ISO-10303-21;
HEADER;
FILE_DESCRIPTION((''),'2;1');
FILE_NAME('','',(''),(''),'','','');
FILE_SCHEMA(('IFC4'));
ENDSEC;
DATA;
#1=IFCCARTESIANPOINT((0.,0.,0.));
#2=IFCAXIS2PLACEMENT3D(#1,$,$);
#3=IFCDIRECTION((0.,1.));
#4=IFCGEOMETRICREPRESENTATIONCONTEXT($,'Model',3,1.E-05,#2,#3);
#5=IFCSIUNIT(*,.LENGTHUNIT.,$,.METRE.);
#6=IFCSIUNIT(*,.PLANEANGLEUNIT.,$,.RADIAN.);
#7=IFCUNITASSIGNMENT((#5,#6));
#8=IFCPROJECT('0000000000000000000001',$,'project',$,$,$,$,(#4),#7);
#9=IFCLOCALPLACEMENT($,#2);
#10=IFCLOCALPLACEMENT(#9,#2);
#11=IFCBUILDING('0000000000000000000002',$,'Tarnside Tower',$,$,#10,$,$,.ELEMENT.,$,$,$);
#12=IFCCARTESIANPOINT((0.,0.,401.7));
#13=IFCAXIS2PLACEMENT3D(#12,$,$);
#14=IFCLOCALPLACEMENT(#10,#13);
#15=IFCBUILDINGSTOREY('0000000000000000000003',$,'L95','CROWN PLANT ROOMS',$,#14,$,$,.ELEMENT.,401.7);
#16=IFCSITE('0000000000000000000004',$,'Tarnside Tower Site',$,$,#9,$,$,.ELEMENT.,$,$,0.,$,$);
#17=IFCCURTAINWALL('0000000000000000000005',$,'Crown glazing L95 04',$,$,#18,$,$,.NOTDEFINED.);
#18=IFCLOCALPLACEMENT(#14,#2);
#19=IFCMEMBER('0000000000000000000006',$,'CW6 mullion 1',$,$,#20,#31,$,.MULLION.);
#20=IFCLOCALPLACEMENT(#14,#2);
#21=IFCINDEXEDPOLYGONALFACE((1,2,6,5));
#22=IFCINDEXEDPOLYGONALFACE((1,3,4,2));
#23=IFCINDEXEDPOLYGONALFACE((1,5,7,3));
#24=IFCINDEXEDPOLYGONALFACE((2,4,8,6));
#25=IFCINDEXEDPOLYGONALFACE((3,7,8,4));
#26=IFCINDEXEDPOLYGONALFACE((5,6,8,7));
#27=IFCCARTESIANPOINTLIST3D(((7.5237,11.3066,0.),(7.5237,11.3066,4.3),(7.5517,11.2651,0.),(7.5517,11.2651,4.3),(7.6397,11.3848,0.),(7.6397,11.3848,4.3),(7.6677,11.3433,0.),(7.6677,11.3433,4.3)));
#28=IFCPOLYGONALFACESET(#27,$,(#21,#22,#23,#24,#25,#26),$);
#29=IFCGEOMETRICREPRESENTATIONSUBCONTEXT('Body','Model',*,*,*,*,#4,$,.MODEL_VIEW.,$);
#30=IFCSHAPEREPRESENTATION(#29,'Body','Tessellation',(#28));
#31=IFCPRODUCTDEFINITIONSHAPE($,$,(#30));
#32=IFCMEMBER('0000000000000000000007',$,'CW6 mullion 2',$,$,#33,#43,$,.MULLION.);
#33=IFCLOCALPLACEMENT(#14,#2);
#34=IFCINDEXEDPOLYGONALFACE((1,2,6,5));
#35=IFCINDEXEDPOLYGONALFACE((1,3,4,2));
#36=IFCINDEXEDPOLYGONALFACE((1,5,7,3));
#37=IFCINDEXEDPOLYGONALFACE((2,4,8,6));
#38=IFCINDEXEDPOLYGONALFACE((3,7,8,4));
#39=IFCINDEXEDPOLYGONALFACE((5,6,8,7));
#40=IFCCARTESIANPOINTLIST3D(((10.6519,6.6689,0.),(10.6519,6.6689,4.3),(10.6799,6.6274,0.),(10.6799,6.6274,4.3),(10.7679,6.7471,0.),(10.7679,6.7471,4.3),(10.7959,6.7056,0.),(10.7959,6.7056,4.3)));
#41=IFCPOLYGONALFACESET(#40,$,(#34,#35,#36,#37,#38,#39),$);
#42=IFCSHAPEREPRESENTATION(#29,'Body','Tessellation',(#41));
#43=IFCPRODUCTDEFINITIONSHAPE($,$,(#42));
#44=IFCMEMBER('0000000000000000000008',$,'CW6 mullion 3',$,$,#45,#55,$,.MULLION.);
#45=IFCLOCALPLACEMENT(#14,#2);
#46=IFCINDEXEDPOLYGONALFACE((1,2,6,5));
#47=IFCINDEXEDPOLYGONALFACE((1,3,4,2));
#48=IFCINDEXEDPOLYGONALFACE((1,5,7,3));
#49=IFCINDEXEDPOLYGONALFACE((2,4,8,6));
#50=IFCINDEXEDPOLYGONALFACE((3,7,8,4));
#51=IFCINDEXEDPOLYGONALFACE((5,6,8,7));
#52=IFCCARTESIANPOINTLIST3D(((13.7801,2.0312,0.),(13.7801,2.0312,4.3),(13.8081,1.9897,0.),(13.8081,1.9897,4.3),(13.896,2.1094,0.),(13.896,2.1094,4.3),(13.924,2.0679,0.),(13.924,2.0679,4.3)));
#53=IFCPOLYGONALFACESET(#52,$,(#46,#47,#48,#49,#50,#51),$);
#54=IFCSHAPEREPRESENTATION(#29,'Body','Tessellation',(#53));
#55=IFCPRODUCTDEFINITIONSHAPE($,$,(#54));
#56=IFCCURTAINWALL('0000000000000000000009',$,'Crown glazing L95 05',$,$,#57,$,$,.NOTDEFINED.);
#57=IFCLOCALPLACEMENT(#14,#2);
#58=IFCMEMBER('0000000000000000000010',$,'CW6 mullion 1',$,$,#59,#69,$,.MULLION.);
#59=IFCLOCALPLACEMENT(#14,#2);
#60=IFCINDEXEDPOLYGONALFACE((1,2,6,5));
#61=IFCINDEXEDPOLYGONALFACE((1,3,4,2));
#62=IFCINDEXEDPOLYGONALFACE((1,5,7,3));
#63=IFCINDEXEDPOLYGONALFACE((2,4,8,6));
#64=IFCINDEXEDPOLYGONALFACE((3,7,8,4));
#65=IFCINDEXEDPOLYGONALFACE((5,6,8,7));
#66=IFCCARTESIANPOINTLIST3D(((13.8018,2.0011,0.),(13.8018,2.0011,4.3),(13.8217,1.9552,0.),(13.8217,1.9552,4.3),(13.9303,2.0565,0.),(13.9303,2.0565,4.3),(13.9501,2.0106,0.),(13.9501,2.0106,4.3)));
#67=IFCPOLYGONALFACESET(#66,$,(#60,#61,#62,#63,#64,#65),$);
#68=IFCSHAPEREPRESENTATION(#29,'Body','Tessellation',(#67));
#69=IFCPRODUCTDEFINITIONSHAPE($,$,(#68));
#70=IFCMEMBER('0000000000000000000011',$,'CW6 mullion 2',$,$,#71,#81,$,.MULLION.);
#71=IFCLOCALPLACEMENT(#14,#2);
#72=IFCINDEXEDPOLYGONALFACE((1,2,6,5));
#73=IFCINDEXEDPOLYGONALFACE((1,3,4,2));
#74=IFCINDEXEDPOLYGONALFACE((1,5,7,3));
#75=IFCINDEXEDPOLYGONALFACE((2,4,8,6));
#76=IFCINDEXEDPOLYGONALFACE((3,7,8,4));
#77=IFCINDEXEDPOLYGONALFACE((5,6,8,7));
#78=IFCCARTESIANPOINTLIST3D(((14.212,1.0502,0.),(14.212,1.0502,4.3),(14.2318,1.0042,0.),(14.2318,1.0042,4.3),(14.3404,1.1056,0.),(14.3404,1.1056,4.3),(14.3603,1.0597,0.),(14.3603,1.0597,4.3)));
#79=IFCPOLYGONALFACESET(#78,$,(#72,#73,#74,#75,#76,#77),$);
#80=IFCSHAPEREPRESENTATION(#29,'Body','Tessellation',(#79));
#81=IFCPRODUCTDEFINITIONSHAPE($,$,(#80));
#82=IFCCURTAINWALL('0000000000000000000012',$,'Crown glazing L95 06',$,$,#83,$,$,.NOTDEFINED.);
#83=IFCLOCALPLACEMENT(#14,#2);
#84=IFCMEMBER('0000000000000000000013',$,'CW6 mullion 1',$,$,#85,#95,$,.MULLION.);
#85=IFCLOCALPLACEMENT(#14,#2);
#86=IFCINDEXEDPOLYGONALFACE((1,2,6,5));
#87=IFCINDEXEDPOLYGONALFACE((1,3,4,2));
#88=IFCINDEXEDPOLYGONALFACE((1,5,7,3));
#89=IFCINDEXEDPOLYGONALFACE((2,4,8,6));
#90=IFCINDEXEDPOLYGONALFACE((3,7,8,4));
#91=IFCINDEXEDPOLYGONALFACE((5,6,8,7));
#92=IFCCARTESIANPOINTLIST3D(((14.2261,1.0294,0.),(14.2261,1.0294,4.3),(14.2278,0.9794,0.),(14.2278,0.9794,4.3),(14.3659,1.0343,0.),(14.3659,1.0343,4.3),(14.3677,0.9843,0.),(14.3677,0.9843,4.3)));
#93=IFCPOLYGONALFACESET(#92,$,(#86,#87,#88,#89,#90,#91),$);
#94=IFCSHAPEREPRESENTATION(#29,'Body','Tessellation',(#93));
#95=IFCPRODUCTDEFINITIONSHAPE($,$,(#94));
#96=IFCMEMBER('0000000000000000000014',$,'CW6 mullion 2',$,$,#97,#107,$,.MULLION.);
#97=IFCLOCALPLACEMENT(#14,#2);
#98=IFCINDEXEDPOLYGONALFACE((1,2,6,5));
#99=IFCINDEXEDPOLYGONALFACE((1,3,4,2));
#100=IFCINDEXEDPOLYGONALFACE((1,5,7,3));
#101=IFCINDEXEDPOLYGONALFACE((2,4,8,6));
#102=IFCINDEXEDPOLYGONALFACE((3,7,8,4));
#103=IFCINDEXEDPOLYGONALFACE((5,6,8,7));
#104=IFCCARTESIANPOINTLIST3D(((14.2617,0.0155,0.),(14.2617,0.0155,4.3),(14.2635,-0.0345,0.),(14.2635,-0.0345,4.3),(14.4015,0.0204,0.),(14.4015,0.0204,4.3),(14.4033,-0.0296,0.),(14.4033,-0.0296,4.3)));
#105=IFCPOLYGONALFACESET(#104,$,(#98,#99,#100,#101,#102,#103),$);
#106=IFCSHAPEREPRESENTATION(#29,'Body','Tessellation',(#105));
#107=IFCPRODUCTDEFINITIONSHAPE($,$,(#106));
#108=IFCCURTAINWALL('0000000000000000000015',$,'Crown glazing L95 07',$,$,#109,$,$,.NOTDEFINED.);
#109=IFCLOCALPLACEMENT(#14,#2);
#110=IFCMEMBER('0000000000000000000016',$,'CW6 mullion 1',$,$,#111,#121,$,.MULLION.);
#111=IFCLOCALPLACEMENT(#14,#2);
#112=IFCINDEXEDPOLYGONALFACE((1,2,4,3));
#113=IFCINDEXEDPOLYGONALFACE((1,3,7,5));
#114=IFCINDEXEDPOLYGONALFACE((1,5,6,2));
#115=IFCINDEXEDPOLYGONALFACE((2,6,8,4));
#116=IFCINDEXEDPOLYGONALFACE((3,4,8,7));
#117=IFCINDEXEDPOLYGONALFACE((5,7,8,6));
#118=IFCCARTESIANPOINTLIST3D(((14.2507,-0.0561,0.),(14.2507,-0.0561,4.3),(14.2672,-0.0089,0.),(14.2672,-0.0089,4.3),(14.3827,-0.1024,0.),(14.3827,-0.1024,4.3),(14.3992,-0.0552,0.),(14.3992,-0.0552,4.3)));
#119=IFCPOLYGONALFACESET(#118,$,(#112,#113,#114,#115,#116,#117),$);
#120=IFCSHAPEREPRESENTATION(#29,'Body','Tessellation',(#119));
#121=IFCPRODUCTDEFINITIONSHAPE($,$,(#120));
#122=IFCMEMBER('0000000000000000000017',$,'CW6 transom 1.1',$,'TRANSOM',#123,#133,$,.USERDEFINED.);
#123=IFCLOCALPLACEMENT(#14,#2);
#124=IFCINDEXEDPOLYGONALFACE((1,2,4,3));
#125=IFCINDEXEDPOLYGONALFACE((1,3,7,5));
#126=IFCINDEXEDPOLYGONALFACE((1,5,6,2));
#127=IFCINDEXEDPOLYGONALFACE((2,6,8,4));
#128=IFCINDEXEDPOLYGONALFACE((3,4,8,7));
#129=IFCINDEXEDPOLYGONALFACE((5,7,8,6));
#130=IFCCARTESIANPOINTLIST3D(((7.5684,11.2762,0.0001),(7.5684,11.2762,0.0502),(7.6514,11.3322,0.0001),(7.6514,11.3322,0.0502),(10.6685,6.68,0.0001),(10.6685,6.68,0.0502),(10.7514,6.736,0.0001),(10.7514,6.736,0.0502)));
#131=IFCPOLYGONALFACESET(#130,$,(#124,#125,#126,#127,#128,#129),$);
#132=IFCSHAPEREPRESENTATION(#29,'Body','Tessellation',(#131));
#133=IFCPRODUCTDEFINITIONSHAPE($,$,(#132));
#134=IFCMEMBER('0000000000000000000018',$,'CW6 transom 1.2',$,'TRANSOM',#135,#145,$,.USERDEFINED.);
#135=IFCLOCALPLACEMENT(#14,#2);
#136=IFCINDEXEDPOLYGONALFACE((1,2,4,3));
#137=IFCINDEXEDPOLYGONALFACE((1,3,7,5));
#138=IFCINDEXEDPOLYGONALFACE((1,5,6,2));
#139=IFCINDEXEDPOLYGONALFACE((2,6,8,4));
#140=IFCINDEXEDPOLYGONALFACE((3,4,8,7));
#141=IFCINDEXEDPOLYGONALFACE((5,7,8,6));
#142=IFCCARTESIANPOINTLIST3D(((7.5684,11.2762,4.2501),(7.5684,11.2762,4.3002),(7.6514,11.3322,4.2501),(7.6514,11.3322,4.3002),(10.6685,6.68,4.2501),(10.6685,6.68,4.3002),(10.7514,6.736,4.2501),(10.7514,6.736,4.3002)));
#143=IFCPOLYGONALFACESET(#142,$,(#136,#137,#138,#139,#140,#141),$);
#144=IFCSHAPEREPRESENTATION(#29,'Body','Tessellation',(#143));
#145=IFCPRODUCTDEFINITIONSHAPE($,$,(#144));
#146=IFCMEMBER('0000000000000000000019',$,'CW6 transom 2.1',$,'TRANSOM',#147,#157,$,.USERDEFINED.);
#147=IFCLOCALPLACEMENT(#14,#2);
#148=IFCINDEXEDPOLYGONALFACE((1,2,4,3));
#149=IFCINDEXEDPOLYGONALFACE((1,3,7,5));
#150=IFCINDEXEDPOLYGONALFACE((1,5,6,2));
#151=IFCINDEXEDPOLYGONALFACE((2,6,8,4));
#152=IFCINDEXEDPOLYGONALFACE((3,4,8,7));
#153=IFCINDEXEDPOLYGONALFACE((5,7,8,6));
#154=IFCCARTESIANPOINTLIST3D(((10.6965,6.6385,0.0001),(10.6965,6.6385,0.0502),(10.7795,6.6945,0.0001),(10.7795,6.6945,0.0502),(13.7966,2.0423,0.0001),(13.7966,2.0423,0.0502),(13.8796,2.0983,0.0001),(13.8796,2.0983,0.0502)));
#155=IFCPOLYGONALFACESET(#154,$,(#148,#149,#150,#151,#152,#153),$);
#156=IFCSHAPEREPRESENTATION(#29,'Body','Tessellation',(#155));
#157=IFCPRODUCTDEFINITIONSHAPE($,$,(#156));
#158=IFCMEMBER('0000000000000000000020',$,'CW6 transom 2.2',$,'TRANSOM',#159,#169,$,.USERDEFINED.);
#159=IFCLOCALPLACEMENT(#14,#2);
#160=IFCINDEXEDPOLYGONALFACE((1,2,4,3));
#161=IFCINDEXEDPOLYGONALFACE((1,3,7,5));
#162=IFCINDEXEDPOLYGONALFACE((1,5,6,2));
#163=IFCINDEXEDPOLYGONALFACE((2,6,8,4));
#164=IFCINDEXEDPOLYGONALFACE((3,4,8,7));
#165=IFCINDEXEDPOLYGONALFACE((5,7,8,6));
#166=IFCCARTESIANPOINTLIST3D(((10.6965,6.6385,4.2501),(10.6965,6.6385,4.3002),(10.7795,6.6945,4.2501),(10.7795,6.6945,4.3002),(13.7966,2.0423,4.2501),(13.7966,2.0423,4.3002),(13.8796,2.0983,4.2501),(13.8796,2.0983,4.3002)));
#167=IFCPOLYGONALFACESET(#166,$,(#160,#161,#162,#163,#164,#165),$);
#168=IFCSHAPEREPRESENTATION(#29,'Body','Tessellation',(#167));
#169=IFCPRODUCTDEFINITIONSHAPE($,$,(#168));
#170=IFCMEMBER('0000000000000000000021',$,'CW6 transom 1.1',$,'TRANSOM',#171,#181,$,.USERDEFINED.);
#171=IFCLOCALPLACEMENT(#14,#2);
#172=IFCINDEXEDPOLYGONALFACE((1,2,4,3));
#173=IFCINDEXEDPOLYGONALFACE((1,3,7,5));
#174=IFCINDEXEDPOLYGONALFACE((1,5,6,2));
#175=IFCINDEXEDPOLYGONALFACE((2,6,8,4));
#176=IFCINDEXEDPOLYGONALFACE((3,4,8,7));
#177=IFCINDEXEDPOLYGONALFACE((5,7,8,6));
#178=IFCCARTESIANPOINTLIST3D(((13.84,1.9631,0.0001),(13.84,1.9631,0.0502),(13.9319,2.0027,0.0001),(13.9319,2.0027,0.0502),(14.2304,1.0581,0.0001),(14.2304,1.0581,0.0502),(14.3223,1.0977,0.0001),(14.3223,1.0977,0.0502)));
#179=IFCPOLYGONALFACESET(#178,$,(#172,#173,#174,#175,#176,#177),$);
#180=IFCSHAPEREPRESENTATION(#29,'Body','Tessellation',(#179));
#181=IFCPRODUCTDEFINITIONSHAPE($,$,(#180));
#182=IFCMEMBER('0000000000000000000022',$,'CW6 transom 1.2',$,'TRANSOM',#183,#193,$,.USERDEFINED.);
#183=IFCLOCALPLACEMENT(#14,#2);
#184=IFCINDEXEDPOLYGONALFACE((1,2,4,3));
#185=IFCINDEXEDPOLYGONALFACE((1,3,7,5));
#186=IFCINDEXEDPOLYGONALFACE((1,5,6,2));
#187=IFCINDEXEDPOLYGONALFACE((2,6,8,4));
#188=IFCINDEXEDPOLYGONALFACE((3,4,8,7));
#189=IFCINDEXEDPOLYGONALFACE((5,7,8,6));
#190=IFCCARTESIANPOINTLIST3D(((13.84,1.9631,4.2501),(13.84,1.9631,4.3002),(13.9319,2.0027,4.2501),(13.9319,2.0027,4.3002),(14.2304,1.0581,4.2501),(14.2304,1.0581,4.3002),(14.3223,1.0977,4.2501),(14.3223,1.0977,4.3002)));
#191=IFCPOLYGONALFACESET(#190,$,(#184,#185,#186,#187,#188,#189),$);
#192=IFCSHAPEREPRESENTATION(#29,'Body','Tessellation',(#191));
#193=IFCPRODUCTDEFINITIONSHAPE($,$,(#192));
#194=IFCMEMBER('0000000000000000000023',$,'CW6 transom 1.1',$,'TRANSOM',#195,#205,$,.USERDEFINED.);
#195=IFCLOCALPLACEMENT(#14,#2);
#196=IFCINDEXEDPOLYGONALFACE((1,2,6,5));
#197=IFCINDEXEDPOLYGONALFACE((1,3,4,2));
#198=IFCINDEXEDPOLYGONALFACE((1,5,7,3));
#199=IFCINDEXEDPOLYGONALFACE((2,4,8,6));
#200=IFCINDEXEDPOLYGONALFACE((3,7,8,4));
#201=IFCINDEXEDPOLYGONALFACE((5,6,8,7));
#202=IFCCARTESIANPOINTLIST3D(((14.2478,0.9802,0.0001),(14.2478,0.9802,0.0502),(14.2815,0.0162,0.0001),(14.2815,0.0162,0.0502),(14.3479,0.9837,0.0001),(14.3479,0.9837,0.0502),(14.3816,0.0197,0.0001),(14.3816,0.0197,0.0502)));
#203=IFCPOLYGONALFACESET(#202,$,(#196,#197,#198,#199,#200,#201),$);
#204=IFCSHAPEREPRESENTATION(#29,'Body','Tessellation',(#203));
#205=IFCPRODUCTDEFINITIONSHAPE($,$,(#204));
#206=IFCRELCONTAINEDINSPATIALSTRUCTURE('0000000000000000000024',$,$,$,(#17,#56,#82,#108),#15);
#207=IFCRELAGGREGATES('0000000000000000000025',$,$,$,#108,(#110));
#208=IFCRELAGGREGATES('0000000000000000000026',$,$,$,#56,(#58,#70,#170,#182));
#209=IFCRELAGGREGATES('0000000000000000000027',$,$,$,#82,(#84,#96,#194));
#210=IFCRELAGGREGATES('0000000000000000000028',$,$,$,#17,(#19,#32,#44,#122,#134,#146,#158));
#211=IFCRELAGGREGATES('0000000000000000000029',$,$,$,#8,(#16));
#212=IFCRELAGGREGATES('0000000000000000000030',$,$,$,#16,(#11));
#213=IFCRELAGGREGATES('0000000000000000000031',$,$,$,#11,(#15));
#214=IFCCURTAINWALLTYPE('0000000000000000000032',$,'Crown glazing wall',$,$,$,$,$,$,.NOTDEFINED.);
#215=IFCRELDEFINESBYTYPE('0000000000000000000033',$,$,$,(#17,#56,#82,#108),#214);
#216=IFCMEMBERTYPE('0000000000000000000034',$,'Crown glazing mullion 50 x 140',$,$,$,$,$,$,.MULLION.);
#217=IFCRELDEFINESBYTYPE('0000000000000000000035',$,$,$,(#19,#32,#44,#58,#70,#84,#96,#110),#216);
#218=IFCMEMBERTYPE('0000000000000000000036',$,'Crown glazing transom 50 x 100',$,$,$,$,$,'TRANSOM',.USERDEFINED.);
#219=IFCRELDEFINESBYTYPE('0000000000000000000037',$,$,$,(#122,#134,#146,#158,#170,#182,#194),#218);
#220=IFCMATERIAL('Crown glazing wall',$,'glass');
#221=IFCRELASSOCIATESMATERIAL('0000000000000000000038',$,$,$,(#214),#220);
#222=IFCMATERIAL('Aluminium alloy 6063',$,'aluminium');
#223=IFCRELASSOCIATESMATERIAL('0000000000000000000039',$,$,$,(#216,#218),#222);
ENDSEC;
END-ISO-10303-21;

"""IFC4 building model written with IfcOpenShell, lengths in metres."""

from ifc_helpers import new_model, si_unit, direction, frame, origin, origin_2d, place, context, subcontext, project, spatial, rectangle, extrude, material, material_profile, profile_set, type_object, element, aggregate, save


model = new_model("IFC4")

# Units and contexts
model_context = context("Model", 3, precision=1e-05, world=origin(), true_north=direction((0.0, 1.0)))
body_context = subcontext(model_context, "Body", "Model", "MODEL_VIEW")
ifc_project = project(units=[si_unit("LENGTHUNIT", "METRE"), si_unit("PLANEANGLEUNIT", "RADIAN")], contexts=[model_context])

# Site, building, storey
site_placement = place(None, origin())
site = spatial("IfcSite", under=ifc_project, at=site_placement, Name="Tarnside Tower Site", CompositionType="ELEMENT", RefElevation=0.0)
building_placement = place(site_placement, origin())
building = spatial("IfcBuilding", under=site, at=building_placement, Name="Tarnside Tower", CompositionType="ELEMENT")
storey_placement = place(building_placement, frame((0.0, 0.0, 401.7)))
storey = spatial("IfcBuildingStorey", under=building, at=storey_placement, Name="L95", Description="CROWN PLANT ROOMS", CompositionType="ELEMENT", Elevation=401.7)

# Curtain walls, members
ifc_material_1 = material(Name="Crown glazing wall", Category="glass")
curtain_wall_type = type_object("IfcCurtainWallType", Name="Crown glazing wall", PredefinedType="NOTDEFINED", material=ifc_material_1)
curtain_wall_1_placement = place(storey_placement, origin())
curtain_wall_1 = element("IfcCurtainWall", 1, at=curtain_wall_1_placement, inside=storey, type_object=curtain_wall_type, Name="Crown glazing L95 04", PredefinedType="NOTDEFINED")
ifc_material_2 = material(Name="Aluminium alloy 6063", Category="aluminium")
ifc_material_profile_1 = material_profile(ifc_material_2, rectangle(XDim=0.1399, YDim=0.05, at=origin_2d()), Name="Crown glazing mullion 50 x 140")
ifc_profile_set_1 = profile_set([ifc_material_profile_1], Name="Aluminium alloy 6063")
member_type_1 = type_object("IfcMemberType", Name="Crown glazing mullion 50 x 140", PredefinedType="MULLION", material=ifc_profile_set_1)
member_1_placement = place(storey_placement, frame((7.5957, 11.325, 0.0), z_axis=(0.0, 0.0, 1.0), x_axis=(0.829038, 0.559193, 0.0)))
member_1 = element("IfcMember", 2, at=member_1_placement, type_object=member_type_1, Name="CW6 mullion 1", PredefinedType="MULLION", context=body_context, shape_type="SweptSolid", body=[
    extrude(rectangle(XDim=0.1399, YDim=0.05, at=origin_2d()), origin(), (0.0, 0.0, 1.0), 4.3),
])
member_2_placement = place(storey_placement, frame((10.7239, 6.6873, 0.0), z_axis=(0.0, 0.0, 1.0), x_axis=(0.829038, 0.559193, 0.0)))
member_2 = element("IfcMember", 3, at=member_2_placement, type_object=member_type_1, Name="CW6 mullion 2", PredefinedType="MULLION", context=body_context, shape_type="SweptSolid", body=[
    extrude(rectangle(XDim=0.1399, YDim=0.05, at=origin_2d()), origin(), (0.0, 0.0, 1.0), 4.3),
])
member_3_placement = place(storey_placement, frame((13.8521, 2.0496, 0.0), z_axis=(0.0, 0.0, 1.0), x_axis=(0.829038, 0.559193, 0.0)))
member_3 = element("IfcMember", 4, at=member_3_placement, type_object=member_type_1, Name="CW6 mullion 3", PredefinedType="MULLION", context=body_context, shape_type="SweptSolid", body=[
    extrude(rectangle(XDim=0.1399, YDim=0.05, at=origin_2d()), origin(), (0.0, 0.0, 1.0), 4.3),
])
curtain_wall_2_placement = place(storey_placement, origin())
curtain_wall_2 = element("IfcCurtainWall", 5, at=curtain_wall_2_placement, inside=storey, type_object=curtain_wall_type, Name="Crown glazing L95 05", PredefinedType="NOTDEFINED")
member_4_placement = place(storey_placement, frame((13.876, 2.0059, 0.0), z_axis=(0.0, 0.0, 1.0), x_axis=(0.918216, 0.39608, 0.0)))
member_4 = element("IfcMember", 6, at=member_4_placement, type_object=member_type_1, Name="CW6 mullion 1", PredefinedType="MULLION", context=body_context, shape_type="SweptSolid", body=[
    extrude(rectangle(XDim=0.1399, YDim=0.05, at=origin_2d()), origin(), (0.0, 0.0, 1.0), 4.3),
])
member_5_placement = place(storey_placement, frame((14.2861, 1.0549, 0.0), z_axis=(0.0, 0.0, 1.0), x_axis=(0.918216, 0.39608, 0.0)))
member_5 = element("IfcMember", 7, at=member_5_placement, type_object=member_type_1, Name="CW6 mullion 2", PredefinedType="MULLION", context=body_context, shape_type="SweptSolid", body=[
    extrude(rectangle(XDim=0.1399, YDim=0.05, at=origin_2d()), origin(), (0.0, 0.0, 1.0), 4.3),
])
curtain_wall_3_placement = place(storey_placement, origin())
curtain_wall_3 = element("IfcCurtainWall", 8, at=curtain_wall_3_placement, inside=storey, type_object=curtain_wall_type, Name="Crown glazing L95 06", PredefinedType="NOTDEFINED")
member_6_placement = place(storey_placement, frame((14.2969, 1.0068, 0.0), z_axis=(0.0, 0.0, 1.0), x_axis=(0.999391, 0.034899, 0.0)))
member_6 = element("IfcMember", 9, at=member_6_placement, type_object=member_type_1, Name="CW6 mullion 1", PredefinedType="MULLION", context=body_context, shape_type="SweptSolid", body=[
    extrude(rectangle(XDim=0.1399, YDim=0.05, at=origin_2d()), origin(), (0.0, 0.0, 1.0), 4.3),
])
member_7_placement = place(storey_placement, frame((14.3325, -0.0071, 0.0), z_axis=(0.0, 0.0, 1.0), x_axis=(0.999391, 0.034899, 0.0)))
member_7 = element("IfcMember", 10, at=member_7_placement, type_object=member_type_1, Name="CW6 mullion 2", PredefinedType="MULLION", context=body_context, shape_type="SweptSolid", body=[
    extrude(rectangle(XDim=0.1399, YDim=0.05, at=origin_2d()), origin(), (0.0, 0.0, 1.0), 4.3),
])

# Curtain wall, member
curtain_wall_4_placement = place(storey_placement, origin())
curtain_wall_4 = element("IfcCurtainWall", 11, at=curtain_wall_4_placement, inside=storey, type_object=curtain_wall_type, Name="Crown glazing L95 07", PredefinedType="NOTDEFINED")
member_8_placement = place(storey_placement, frame((14.325, -0.0557, 0.0), z_axis=(0.0, 0.0, 1.0), x_axis=(0.943609, -0.331063, 0.0)))
member_8 = element("IfcMember", 12, at=member_8_placement, type_object=member_type_1, Name="CW6 mullion 1", PredefinedType="MULLION", context=body_context, shape_type="SweptSolid", body=[
    extrude(rectangle(XDim=0.1399, YDim=0.05, at=origin_2d()), origin(), (0.0, 0.0, 1.0), 4.3),
])

# Members
ifc_material_profile_2 = material_profile(ifc_material_2, rectangle(XDim=0.1001, YDim=0.05, at=origin_2d()), Name="Crown glazing transom 50 x 100")
ifc_profile_set_2 = profile_set([ifc_material_profile_2], Name="Aluminium alloy 6063")
member_type_2 = type_object("IfcMemberType", Name="Crown glazing transom 50 x 100", ElementType="TRANSOM", PredefinedType="USERDEFINED", material=ifc_profile_set_2)
member_9_placement = place(storey_placement, frame((7.6099, 11.3042, 0.0251), z_axis=(0.559184, -0.829044, 0.0), x_axis=(0.829044, 0.559184, 0.0)))
member_9 = element("IfcMember", 13, at=member_9_placement, type_object=member_type_2, Name="CW6 transom 1.1", ObjectType="TRANSOM", PredefinedType="USERDEFINED", context=body_context, shape_type="SweptSolid", body=[
    extrude(rectangle(XDim=0.1001, YDim=0.05, at=origin_2d()), origin(), (0.0, 0.0, 1.0), 5.5439),
])
member_10_placement = place(storey_placement, frame((7.6099, 11.3042, 4.2751), z_axis=(0.559184, -0.829044, 0.0), x_axis=(0.829044, 0.559184, 0.0)))
member_10 = element("IfcMember", 14, at=member_10_placement, type_object=member_type_2, Name="CW6 transom 1.2", ObjectType="TRANSOM", PredefinedType="USERDEFINED", context=body_context, shape_type="SweptSolid", body=[
    extrude(rectangle(XDim=0.1001, YDim=0.05, at=origin_2d()), origin(), (0.0, 0.0, 1.0), 5.5439),
])
member_11_placement = place(storey_placement, frame((10.738, 6.6665, 0.0251), z_axis=(0.559184, -0.829044, 0.0), x_axis=(0.829044, 0.559184, 0.0)))
member_11 = element("IfcMember", 15, at=member_11_placement, type_object=member_type_2, Name="CW6 transom 2.1", ObjectType="TRANSOM", PredefinedType="USERDEFINED", context=body_context, shape_type="SweptSolid", body=[
    extrude(rectangle(XDim=0.1001, YDim=0.05, at=origin_2d()), origin(), (0.0, 0.0, 1.0), 5.5439),
])
member_12_placement = place(storey_placement, frame((10.738, 6.6665, 4.2751), z_axis=(0.559184, -0.829044, 0.0), x_axis=(0.829044, 0.559184, 0.0)))
member_12 = element("IfcMember", 16, at=member_12_placement, type_object=member_type_2, Name="CW6 transom 2.2", ObjectType="TRANSOM", PredefinedType="USERDEFINED", context=body_context, shape_type="SweptSolid", body=[
    extrude(rectangle(XDim=0.1001, YDim=0.05, at=origin_2d()), origin(), (0.0, 0.0, 1.0), 5.5439),
])
member_13_placement = place(storey_placement, frame((13.886, 1.9829, 0.0251), z_axis=(0.396071, -0.91822, 0.0), x_axis=(0.91822, 0.396071, 0.0)))
member_13 = element("IfcMember", 17, at=member_13_placement, type_object=member_type_2, Name="CW6 transom 1.1", ObjectType="TRANSOM", PredefinedType="USERDEFINED", context=body_context, shape_type="SweptSolid", body=[
    extrude(rectangle(XDim=0.1001, YDim=0.05, at=origin_2d()), origin(), (0.0, 0.0, 1.0), 0.9856),
])
member_14_placement = place(storey_placement, frame((13.886, 1.9829, 4.2751), z_axis=(0.396071, -0.91822, 0.0), x_axis=(0.91822, 0.396071, 0.0)))
member_14 = element("IfcMember", 18, at=member_14_placement, type_object=member_type_2, Name="CW6 transom 1.2", ObjectType="TRANSOM", PredefinedType="USERDEFINED", context=body_context, shape_type="SweptSolid", body=[
    extrude(rectangle(XDim=0.1001, YDim=0.05, at=origin_2d()), origin(), (0.0, 0.0, 1.0), 0.9856),
])
member_15_placement = place(storey_placement, frame((14.2979, 0.9819, 0.0251), z_axis=(0.034924, -0.99939, 0.0), x_axis=(0.99939, 0.034924, 0.0)))
member_15 = element("IfcMember", 19, at=member_15_placement, type_object=member_type_2, Name="CW6 transom 1.1", ObjectType="TRANSOM", PredefinedType="USERDEFINED", context=body_context, shape_type="SweptSolid", body=[
    extrude(rectangle(XDim=0.1001, YDim=0.05, at=origin_2d()), origin(), (0.0, 0.0, 1.0), 0.9646),
])
aggregate(curtain_wall_4, [member_8])

aggregate(curtain_wall_2, [member_4, member_5, member_13, member_14])
aggregate(curtain_wall_3, [member_6, member_7, member_15])
aggregate(curtain_wall_1, [member_1, member_2, member_3, member_9, member_10, member_11, member_12])

save(model, "model.ifc")
